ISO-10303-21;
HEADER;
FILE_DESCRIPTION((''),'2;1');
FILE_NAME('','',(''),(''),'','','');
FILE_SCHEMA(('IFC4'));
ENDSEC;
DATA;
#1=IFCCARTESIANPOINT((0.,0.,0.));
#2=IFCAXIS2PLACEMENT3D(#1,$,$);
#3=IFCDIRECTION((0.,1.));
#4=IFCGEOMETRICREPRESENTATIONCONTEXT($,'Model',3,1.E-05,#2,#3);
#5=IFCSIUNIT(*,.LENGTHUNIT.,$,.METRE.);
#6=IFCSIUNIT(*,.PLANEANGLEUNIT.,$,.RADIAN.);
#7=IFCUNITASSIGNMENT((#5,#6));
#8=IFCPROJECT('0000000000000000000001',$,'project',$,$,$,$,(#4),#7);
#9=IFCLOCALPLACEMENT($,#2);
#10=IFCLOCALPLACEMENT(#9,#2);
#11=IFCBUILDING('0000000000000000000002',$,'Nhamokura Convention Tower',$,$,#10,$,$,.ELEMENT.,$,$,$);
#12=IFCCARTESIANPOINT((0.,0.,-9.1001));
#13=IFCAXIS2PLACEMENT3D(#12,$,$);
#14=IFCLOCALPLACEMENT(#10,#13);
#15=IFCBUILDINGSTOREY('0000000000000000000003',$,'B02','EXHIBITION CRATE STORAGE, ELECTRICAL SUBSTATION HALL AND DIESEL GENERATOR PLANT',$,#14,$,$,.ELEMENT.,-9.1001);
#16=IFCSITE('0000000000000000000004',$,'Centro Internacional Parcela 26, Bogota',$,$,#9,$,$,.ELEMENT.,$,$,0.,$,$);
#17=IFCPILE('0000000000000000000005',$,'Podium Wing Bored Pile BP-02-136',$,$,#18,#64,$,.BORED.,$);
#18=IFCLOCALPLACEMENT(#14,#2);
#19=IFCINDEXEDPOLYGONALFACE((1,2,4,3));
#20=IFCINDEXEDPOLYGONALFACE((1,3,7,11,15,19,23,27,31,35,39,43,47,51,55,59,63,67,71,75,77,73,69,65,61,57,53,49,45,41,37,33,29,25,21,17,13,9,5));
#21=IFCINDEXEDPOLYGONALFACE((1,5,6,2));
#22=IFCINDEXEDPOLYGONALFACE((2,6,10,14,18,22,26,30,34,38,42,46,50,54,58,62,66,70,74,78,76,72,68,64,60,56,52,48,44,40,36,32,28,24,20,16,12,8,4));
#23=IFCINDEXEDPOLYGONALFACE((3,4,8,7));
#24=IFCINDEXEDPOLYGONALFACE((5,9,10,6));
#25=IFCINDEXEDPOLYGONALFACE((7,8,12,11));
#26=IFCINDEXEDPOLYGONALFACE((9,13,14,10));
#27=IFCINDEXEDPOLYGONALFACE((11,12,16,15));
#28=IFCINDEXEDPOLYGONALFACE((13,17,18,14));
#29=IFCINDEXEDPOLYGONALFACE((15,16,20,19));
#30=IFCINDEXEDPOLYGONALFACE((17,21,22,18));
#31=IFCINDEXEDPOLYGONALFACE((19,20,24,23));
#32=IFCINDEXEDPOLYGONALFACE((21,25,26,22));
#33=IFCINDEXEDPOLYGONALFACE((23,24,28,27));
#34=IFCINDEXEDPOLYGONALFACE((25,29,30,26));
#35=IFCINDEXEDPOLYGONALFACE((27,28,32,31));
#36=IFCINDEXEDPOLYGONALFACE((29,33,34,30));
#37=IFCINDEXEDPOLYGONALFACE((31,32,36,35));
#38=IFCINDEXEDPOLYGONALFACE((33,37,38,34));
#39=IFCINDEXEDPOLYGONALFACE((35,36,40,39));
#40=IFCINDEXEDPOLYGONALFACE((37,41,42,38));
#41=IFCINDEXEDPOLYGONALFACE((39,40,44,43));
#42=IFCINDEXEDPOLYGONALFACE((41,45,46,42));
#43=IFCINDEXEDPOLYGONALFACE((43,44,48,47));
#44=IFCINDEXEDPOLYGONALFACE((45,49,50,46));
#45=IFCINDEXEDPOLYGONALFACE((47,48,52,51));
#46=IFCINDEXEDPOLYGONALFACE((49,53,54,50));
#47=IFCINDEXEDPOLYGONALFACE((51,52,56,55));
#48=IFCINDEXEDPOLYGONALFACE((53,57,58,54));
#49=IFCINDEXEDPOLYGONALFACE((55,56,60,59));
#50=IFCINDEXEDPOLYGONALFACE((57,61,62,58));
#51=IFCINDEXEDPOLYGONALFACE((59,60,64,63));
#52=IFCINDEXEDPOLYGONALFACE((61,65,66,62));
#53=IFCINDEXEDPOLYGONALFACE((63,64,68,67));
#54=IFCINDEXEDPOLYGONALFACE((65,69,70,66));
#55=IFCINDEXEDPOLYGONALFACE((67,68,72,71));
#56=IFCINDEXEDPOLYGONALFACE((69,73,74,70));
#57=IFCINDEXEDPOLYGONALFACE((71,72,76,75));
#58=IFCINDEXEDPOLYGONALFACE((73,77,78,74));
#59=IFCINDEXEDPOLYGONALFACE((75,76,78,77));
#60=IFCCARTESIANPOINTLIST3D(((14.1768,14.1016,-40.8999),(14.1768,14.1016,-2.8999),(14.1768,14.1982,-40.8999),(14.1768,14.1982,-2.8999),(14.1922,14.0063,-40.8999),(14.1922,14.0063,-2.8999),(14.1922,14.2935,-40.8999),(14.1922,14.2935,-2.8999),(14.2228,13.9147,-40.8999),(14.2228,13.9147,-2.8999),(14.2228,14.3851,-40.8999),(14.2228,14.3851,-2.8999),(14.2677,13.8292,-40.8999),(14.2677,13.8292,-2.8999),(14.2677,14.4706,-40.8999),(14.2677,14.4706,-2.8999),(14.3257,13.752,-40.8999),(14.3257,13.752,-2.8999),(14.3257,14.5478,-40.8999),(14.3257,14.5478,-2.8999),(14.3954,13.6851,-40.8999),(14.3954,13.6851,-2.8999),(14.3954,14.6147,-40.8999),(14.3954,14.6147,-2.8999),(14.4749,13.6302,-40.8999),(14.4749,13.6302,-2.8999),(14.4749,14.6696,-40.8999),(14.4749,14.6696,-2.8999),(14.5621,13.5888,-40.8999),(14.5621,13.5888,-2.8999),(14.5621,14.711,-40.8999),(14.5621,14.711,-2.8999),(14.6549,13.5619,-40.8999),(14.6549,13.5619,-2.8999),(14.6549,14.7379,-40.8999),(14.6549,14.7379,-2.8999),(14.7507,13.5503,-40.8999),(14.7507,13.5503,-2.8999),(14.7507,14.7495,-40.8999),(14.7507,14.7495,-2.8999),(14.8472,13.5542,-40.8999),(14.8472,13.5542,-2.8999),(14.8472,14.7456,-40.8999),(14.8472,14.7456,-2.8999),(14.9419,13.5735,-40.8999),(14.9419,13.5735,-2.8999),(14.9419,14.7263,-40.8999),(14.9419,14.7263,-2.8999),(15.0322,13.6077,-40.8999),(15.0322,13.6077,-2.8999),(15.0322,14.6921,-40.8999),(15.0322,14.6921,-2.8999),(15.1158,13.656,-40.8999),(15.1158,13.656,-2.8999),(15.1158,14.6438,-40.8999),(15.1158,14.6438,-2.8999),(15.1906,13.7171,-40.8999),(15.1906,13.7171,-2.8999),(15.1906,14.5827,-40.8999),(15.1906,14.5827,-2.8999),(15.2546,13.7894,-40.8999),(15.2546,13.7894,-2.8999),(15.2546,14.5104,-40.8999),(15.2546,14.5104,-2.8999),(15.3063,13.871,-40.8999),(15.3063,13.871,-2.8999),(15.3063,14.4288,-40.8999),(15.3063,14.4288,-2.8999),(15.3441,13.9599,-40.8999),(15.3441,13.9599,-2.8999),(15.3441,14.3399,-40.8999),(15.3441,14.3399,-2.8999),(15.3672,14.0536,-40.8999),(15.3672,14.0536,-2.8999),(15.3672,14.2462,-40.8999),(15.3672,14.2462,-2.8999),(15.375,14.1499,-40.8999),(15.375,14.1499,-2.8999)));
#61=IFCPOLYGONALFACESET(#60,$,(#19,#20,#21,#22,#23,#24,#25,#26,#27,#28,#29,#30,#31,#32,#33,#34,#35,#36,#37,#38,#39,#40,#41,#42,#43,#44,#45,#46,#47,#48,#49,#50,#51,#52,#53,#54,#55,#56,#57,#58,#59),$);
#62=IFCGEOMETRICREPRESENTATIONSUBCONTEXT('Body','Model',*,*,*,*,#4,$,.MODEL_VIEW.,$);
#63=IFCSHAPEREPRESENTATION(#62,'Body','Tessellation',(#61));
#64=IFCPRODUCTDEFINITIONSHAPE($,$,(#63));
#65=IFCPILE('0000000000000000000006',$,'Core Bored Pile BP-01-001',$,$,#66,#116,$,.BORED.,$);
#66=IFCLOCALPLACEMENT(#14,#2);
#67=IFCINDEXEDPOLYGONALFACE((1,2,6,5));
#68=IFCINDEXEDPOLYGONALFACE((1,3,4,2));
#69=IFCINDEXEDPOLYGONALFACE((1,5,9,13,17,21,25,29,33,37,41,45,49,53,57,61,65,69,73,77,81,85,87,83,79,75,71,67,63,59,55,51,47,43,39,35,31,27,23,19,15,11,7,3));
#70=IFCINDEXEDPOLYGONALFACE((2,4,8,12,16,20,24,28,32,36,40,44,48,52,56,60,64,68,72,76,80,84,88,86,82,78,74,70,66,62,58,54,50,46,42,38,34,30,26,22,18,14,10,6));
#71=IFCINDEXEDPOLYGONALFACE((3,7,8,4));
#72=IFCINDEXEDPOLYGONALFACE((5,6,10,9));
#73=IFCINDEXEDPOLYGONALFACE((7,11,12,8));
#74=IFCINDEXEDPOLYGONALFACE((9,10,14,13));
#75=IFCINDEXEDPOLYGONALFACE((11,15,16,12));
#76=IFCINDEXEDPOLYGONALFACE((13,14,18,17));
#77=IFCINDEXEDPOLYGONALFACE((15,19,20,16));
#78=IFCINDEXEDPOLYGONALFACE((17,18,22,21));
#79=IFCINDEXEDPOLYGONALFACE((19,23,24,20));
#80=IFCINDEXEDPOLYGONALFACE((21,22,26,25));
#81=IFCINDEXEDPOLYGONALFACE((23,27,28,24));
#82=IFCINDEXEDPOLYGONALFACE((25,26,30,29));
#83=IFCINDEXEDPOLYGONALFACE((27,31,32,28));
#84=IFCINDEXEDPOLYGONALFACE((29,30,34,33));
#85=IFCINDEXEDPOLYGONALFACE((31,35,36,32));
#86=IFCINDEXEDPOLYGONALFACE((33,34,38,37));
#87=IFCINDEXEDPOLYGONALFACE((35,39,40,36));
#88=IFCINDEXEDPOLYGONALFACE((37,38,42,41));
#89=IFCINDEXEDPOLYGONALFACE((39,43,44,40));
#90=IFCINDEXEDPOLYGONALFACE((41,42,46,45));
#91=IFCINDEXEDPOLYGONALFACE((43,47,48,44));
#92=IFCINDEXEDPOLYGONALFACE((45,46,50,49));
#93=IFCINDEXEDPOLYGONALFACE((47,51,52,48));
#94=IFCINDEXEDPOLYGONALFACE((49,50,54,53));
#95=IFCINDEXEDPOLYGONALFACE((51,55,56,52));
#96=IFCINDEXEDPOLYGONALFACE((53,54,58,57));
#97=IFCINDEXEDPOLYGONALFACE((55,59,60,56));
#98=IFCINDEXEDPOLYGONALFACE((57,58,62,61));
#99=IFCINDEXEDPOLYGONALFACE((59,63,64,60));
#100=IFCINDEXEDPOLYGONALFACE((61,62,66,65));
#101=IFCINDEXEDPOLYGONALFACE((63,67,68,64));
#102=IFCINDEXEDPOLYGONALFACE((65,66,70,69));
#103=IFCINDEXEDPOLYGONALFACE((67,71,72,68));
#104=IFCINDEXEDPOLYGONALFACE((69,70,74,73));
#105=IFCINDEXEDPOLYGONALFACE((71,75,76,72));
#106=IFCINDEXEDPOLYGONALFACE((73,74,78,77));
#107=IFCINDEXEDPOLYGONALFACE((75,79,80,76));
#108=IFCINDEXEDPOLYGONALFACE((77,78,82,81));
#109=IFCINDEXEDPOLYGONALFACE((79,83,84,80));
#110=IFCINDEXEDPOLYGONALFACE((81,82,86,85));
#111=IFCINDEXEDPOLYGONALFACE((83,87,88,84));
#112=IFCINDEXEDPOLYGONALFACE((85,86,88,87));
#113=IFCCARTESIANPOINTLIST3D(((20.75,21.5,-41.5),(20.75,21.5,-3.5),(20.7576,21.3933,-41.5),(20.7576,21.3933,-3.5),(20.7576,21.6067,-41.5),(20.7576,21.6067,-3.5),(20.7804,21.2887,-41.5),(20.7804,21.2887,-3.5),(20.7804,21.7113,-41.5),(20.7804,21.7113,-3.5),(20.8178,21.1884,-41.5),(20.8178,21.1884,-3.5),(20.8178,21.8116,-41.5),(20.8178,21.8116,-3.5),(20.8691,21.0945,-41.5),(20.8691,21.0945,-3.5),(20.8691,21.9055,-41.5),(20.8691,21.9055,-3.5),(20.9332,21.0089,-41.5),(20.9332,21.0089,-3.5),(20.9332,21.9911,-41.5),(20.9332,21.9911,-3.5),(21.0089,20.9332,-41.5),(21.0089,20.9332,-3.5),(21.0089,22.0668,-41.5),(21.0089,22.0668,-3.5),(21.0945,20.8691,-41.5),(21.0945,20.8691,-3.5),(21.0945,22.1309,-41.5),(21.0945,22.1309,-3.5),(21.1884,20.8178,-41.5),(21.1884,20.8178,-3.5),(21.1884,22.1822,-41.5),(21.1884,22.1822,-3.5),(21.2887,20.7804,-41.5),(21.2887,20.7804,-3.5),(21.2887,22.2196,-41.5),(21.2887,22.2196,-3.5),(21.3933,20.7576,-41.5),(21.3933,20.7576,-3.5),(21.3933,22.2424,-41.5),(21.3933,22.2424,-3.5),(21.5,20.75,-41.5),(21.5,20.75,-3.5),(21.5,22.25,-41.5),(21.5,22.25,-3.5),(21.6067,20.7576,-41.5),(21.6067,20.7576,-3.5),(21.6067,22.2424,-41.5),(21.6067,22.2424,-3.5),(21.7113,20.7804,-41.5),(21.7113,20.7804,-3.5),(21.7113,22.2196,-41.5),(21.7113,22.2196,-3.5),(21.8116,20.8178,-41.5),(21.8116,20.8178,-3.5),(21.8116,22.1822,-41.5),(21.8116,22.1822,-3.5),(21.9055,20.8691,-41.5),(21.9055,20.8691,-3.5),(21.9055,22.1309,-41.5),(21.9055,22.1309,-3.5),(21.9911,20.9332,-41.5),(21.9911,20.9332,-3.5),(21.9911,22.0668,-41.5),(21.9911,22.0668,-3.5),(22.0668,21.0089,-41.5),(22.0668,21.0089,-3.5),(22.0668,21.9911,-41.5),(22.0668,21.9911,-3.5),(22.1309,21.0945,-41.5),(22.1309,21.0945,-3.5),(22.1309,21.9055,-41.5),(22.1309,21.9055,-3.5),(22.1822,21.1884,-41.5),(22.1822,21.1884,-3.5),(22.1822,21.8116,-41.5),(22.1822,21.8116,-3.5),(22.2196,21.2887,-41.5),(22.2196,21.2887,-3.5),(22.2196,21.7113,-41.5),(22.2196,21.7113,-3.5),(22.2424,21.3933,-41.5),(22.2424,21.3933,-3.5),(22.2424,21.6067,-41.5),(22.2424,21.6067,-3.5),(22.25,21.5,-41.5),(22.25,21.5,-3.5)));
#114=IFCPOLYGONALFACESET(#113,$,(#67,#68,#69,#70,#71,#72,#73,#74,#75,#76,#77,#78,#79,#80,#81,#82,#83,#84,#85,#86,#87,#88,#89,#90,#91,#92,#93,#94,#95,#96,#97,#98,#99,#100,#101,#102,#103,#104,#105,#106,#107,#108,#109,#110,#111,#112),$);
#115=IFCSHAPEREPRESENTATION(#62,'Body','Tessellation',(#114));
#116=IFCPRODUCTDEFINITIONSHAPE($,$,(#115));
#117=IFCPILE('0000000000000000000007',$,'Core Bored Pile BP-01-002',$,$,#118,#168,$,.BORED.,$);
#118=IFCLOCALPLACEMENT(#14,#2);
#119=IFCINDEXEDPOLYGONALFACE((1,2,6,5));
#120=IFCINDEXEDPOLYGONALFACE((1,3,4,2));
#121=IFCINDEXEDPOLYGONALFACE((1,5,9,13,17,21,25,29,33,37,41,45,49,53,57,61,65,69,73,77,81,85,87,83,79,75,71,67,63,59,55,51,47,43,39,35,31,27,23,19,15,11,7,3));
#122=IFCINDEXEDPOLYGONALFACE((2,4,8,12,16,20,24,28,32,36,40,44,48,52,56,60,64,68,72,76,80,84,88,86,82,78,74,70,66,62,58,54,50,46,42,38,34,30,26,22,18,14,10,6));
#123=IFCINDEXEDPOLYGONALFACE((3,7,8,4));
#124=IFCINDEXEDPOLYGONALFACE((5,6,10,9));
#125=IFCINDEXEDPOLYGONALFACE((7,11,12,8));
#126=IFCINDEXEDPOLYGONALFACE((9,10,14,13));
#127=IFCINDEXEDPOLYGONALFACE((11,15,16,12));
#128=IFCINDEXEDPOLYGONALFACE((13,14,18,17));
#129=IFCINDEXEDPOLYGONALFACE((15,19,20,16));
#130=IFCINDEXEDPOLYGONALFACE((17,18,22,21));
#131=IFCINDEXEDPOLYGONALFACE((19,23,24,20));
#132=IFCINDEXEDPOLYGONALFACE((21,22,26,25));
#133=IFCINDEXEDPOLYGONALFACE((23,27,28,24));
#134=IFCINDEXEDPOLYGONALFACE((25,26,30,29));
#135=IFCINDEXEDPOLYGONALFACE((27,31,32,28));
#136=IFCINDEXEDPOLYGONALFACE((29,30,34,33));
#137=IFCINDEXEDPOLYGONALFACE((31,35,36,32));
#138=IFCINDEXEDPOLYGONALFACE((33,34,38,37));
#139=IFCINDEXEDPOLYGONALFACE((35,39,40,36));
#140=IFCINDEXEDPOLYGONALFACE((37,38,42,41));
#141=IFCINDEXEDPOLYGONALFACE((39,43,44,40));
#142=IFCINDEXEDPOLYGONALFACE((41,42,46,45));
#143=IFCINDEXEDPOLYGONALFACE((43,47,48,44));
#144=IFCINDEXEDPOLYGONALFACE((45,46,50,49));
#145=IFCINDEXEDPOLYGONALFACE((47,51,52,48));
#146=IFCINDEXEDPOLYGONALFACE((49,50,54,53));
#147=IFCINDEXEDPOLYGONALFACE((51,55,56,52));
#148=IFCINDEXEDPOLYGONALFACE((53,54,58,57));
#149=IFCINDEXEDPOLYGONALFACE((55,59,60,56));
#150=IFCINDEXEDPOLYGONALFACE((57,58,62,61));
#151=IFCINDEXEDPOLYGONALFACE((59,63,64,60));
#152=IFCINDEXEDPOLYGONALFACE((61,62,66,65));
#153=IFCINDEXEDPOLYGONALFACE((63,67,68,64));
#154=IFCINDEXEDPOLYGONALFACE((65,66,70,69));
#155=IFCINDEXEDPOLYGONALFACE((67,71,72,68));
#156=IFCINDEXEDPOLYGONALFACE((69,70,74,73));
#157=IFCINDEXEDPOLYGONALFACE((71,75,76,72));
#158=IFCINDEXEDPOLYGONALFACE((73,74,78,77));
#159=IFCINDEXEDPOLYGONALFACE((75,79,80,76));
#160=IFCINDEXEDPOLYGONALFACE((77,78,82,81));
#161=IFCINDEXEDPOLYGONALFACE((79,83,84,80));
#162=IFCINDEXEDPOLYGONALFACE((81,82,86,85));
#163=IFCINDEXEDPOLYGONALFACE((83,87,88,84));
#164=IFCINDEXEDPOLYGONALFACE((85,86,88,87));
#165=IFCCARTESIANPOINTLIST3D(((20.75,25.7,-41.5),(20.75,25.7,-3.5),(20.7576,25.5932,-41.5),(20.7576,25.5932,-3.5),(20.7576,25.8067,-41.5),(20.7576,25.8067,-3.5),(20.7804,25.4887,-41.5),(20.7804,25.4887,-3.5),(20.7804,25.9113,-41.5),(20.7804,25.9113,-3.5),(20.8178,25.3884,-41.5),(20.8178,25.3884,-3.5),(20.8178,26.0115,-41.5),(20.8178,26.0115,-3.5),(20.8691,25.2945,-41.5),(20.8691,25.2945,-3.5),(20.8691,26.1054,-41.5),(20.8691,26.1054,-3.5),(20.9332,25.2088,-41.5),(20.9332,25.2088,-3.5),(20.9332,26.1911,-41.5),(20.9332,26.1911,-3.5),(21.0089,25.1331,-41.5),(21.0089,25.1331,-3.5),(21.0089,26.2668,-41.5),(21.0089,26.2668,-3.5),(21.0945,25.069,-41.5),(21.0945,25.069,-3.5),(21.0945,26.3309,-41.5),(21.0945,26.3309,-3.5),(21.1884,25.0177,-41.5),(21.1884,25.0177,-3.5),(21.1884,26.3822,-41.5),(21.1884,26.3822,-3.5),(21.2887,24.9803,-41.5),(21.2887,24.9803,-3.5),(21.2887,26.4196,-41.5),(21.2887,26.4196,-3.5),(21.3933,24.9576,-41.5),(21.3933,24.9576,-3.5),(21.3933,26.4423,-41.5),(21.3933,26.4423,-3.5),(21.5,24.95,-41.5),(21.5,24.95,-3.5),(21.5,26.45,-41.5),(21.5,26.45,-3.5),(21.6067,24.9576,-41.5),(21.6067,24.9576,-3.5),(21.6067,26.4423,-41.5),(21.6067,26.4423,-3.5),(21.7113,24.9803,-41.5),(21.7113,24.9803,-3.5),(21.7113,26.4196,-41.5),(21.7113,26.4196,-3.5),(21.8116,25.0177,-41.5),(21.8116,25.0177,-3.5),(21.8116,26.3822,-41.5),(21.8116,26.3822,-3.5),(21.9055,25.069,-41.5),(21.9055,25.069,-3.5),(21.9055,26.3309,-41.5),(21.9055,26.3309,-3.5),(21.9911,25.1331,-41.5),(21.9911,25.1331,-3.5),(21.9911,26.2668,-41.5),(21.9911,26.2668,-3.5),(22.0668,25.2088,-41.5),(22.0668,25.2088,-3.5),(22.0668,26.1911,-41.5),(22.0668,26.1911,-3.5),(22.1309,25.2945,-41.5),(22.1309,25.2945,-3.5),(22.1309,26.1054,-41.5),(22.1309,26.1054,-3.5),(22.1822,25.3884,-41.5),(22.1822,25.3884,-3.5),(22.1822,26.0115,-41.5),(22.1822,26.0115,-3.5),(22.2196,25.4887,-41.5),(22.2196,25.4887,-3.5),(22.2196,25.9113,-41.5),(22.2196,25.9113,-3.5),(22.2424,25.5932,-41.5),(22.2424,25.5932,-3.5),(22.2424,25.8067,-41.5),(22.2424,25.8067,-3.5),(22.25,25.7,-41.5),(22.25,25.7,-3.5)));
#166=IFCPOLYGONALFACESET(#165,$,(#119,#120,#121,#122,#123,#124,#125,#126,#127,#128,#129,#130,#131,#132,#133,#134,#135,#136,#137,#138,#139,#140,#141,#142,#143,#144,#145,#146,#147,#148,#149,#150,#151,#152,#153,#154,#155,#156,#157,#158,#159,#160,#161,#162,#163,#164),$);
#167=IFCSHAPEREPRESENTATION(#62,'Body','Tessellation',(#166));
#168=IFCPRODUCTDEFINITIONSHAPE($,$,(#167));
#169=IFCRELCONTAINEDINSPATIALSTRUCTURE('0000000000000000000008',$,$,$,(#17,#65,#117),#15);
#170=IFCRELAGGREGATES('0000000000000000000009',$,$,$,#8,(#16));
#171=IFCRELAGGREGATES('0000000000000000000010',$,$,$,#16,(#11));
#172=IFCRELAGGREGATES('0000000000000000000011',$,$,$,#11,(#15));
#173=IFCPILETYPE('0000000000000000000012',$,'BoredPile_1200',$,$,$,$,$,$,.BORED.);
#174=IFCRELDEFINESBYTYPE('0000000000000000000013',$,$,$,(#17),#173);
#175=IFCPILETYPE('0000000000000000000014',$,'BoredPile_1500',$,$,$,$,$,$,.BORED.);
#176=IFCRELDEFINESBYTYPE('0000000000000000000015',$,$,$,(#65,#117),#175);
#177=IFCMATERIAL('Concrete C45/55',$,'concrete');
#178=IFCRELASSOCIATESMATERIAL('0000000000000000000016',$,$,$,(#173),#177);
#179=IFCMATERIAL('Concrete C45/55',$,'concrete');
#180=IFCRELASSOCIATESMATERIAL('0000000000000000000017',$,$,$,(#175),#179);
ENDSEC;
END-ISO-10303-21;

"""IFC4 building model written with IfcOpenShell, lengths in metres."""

from ifc_helpers import new_model, si_unit, direction, frame, origin, origin_2d, place, context, subcontext, project, spatial, circle, extrude, material, material_profile, profile_set, type_object, element, save


model = new_model("IFC4")

# Units and contexts
model_context = context("Model", 3, precision=1e-05, world=origin(), true_north=direction((0.0, 1.0)))
body_context = subcontext(model_context, "Body", "Model", "MODEL_VIEW")
ifc_project = project(units=[si_unit("LENGTHUNIT", "METRE"), si_unit("PLANEANGLEUNIT", "RADIAN")], contexts=[model_context])

# Site, building, storey
site_placement = place(None, origin())
site = spatial("IfcSite", under=ifc_project, at=site_placement, Name="Centro Internacional Parcela 26, Bogota", CompositionType="ELEMENT", RefElevation=0.0)
building_placement = place(site_placement, origin())
building = spatial("IfcBuilding", under=site, at=building_placement, Name="Nhamokura Convention Tower", CompositionType="ELEMENT")
storey_placement = place(building_placement, frame((0.0, 0.0, -9.1001)))
storey = spatial("IfcBuildingStorey", under=building, at=storey_placement, Name="B02", Description="EXHIBITION CRATE STORAGE, ELECTRICAL SUBSTATION HALL AND DIESEL GENERATOR PLANT", CompositionType="ELEMENT", Elevation=-9.1001)

# Piles
ifc_material_1 = material(Name="Concrete C45/55", Category="concrete")
ifc_material_profile_1 = material_profile(ifc_material_1, circle(Radius=0.6001, at=origin_2d()))
ifc_profile_set_1 = profile_set([ifc_material_profile_1], Name="Concrete C45/55")
pile_type_1 = type_object("IfcPileType", Name="BoredPile_1200", PredefinedType="BORED", material=ifc_profile_set_1)
pile_placement = place(storey_placement, frame((14.7749, 14.1499, -2.8999), z_axis=(0.0, 0.0, -1.0), x_axis=(1.0, 0.0, 0.0)))
element("IfcPile", 1, at=pile_placement, inside=storey, type_object=pile_type_1, Name="Podium Wing Bored Pile BP-02-136", PredefinedType="BORED", context=body_context, shape_type="SweptSolid", body=[
    extrude(circle(Radius=0.6001, at=origin_2d()), origin(), (0.0, 0.0, 1.0), 38.0),
])
ifc_material_2 = material(Name="Concrete C45/55", Category="concrete")
ifc_material_profile_2 = material_profile(ifc_material_2, circle(Radius=0.75, at=origin_2d()))
ifc_profile_set_2 = profile_set([ifc_material_profile_2], Name="Concrete C45/55")
pile_type_2 = type_object("IfcPileType", Name="BoredPile_1500", PredefinedType="BORED", material=ifc_profile_set_2)
for number, where, z_axis, x_axis, name in (
    (2, (21.5, 21.5, -3.5), (0.0, 0.0, -1.0), (1.0, 0.0, 0.0), "Core Bored Pile BP-01-001"),
    (3, (21.5, 25.7, -3.5), (0.0, 0.0, -1.0), (1.0, 0.0, 0.0), "Core Bored Pile BP-01-002"),
):
    element("IfcPile", number, at=place(storey_placement, frame(where, z_axis=z_axis, x_axis=x_axis)), inside=storey, type_object=pile_type_2, Name=name, PredefinedType="BORED", context=body_context, shape_type="SweptSolid", body=[
        extrude(circle(Radius=0.75, at=origin_2d()), origin(), (0.0, 0.0, 1.0), 38.0),
    ])

save(model, "model.ifc")
